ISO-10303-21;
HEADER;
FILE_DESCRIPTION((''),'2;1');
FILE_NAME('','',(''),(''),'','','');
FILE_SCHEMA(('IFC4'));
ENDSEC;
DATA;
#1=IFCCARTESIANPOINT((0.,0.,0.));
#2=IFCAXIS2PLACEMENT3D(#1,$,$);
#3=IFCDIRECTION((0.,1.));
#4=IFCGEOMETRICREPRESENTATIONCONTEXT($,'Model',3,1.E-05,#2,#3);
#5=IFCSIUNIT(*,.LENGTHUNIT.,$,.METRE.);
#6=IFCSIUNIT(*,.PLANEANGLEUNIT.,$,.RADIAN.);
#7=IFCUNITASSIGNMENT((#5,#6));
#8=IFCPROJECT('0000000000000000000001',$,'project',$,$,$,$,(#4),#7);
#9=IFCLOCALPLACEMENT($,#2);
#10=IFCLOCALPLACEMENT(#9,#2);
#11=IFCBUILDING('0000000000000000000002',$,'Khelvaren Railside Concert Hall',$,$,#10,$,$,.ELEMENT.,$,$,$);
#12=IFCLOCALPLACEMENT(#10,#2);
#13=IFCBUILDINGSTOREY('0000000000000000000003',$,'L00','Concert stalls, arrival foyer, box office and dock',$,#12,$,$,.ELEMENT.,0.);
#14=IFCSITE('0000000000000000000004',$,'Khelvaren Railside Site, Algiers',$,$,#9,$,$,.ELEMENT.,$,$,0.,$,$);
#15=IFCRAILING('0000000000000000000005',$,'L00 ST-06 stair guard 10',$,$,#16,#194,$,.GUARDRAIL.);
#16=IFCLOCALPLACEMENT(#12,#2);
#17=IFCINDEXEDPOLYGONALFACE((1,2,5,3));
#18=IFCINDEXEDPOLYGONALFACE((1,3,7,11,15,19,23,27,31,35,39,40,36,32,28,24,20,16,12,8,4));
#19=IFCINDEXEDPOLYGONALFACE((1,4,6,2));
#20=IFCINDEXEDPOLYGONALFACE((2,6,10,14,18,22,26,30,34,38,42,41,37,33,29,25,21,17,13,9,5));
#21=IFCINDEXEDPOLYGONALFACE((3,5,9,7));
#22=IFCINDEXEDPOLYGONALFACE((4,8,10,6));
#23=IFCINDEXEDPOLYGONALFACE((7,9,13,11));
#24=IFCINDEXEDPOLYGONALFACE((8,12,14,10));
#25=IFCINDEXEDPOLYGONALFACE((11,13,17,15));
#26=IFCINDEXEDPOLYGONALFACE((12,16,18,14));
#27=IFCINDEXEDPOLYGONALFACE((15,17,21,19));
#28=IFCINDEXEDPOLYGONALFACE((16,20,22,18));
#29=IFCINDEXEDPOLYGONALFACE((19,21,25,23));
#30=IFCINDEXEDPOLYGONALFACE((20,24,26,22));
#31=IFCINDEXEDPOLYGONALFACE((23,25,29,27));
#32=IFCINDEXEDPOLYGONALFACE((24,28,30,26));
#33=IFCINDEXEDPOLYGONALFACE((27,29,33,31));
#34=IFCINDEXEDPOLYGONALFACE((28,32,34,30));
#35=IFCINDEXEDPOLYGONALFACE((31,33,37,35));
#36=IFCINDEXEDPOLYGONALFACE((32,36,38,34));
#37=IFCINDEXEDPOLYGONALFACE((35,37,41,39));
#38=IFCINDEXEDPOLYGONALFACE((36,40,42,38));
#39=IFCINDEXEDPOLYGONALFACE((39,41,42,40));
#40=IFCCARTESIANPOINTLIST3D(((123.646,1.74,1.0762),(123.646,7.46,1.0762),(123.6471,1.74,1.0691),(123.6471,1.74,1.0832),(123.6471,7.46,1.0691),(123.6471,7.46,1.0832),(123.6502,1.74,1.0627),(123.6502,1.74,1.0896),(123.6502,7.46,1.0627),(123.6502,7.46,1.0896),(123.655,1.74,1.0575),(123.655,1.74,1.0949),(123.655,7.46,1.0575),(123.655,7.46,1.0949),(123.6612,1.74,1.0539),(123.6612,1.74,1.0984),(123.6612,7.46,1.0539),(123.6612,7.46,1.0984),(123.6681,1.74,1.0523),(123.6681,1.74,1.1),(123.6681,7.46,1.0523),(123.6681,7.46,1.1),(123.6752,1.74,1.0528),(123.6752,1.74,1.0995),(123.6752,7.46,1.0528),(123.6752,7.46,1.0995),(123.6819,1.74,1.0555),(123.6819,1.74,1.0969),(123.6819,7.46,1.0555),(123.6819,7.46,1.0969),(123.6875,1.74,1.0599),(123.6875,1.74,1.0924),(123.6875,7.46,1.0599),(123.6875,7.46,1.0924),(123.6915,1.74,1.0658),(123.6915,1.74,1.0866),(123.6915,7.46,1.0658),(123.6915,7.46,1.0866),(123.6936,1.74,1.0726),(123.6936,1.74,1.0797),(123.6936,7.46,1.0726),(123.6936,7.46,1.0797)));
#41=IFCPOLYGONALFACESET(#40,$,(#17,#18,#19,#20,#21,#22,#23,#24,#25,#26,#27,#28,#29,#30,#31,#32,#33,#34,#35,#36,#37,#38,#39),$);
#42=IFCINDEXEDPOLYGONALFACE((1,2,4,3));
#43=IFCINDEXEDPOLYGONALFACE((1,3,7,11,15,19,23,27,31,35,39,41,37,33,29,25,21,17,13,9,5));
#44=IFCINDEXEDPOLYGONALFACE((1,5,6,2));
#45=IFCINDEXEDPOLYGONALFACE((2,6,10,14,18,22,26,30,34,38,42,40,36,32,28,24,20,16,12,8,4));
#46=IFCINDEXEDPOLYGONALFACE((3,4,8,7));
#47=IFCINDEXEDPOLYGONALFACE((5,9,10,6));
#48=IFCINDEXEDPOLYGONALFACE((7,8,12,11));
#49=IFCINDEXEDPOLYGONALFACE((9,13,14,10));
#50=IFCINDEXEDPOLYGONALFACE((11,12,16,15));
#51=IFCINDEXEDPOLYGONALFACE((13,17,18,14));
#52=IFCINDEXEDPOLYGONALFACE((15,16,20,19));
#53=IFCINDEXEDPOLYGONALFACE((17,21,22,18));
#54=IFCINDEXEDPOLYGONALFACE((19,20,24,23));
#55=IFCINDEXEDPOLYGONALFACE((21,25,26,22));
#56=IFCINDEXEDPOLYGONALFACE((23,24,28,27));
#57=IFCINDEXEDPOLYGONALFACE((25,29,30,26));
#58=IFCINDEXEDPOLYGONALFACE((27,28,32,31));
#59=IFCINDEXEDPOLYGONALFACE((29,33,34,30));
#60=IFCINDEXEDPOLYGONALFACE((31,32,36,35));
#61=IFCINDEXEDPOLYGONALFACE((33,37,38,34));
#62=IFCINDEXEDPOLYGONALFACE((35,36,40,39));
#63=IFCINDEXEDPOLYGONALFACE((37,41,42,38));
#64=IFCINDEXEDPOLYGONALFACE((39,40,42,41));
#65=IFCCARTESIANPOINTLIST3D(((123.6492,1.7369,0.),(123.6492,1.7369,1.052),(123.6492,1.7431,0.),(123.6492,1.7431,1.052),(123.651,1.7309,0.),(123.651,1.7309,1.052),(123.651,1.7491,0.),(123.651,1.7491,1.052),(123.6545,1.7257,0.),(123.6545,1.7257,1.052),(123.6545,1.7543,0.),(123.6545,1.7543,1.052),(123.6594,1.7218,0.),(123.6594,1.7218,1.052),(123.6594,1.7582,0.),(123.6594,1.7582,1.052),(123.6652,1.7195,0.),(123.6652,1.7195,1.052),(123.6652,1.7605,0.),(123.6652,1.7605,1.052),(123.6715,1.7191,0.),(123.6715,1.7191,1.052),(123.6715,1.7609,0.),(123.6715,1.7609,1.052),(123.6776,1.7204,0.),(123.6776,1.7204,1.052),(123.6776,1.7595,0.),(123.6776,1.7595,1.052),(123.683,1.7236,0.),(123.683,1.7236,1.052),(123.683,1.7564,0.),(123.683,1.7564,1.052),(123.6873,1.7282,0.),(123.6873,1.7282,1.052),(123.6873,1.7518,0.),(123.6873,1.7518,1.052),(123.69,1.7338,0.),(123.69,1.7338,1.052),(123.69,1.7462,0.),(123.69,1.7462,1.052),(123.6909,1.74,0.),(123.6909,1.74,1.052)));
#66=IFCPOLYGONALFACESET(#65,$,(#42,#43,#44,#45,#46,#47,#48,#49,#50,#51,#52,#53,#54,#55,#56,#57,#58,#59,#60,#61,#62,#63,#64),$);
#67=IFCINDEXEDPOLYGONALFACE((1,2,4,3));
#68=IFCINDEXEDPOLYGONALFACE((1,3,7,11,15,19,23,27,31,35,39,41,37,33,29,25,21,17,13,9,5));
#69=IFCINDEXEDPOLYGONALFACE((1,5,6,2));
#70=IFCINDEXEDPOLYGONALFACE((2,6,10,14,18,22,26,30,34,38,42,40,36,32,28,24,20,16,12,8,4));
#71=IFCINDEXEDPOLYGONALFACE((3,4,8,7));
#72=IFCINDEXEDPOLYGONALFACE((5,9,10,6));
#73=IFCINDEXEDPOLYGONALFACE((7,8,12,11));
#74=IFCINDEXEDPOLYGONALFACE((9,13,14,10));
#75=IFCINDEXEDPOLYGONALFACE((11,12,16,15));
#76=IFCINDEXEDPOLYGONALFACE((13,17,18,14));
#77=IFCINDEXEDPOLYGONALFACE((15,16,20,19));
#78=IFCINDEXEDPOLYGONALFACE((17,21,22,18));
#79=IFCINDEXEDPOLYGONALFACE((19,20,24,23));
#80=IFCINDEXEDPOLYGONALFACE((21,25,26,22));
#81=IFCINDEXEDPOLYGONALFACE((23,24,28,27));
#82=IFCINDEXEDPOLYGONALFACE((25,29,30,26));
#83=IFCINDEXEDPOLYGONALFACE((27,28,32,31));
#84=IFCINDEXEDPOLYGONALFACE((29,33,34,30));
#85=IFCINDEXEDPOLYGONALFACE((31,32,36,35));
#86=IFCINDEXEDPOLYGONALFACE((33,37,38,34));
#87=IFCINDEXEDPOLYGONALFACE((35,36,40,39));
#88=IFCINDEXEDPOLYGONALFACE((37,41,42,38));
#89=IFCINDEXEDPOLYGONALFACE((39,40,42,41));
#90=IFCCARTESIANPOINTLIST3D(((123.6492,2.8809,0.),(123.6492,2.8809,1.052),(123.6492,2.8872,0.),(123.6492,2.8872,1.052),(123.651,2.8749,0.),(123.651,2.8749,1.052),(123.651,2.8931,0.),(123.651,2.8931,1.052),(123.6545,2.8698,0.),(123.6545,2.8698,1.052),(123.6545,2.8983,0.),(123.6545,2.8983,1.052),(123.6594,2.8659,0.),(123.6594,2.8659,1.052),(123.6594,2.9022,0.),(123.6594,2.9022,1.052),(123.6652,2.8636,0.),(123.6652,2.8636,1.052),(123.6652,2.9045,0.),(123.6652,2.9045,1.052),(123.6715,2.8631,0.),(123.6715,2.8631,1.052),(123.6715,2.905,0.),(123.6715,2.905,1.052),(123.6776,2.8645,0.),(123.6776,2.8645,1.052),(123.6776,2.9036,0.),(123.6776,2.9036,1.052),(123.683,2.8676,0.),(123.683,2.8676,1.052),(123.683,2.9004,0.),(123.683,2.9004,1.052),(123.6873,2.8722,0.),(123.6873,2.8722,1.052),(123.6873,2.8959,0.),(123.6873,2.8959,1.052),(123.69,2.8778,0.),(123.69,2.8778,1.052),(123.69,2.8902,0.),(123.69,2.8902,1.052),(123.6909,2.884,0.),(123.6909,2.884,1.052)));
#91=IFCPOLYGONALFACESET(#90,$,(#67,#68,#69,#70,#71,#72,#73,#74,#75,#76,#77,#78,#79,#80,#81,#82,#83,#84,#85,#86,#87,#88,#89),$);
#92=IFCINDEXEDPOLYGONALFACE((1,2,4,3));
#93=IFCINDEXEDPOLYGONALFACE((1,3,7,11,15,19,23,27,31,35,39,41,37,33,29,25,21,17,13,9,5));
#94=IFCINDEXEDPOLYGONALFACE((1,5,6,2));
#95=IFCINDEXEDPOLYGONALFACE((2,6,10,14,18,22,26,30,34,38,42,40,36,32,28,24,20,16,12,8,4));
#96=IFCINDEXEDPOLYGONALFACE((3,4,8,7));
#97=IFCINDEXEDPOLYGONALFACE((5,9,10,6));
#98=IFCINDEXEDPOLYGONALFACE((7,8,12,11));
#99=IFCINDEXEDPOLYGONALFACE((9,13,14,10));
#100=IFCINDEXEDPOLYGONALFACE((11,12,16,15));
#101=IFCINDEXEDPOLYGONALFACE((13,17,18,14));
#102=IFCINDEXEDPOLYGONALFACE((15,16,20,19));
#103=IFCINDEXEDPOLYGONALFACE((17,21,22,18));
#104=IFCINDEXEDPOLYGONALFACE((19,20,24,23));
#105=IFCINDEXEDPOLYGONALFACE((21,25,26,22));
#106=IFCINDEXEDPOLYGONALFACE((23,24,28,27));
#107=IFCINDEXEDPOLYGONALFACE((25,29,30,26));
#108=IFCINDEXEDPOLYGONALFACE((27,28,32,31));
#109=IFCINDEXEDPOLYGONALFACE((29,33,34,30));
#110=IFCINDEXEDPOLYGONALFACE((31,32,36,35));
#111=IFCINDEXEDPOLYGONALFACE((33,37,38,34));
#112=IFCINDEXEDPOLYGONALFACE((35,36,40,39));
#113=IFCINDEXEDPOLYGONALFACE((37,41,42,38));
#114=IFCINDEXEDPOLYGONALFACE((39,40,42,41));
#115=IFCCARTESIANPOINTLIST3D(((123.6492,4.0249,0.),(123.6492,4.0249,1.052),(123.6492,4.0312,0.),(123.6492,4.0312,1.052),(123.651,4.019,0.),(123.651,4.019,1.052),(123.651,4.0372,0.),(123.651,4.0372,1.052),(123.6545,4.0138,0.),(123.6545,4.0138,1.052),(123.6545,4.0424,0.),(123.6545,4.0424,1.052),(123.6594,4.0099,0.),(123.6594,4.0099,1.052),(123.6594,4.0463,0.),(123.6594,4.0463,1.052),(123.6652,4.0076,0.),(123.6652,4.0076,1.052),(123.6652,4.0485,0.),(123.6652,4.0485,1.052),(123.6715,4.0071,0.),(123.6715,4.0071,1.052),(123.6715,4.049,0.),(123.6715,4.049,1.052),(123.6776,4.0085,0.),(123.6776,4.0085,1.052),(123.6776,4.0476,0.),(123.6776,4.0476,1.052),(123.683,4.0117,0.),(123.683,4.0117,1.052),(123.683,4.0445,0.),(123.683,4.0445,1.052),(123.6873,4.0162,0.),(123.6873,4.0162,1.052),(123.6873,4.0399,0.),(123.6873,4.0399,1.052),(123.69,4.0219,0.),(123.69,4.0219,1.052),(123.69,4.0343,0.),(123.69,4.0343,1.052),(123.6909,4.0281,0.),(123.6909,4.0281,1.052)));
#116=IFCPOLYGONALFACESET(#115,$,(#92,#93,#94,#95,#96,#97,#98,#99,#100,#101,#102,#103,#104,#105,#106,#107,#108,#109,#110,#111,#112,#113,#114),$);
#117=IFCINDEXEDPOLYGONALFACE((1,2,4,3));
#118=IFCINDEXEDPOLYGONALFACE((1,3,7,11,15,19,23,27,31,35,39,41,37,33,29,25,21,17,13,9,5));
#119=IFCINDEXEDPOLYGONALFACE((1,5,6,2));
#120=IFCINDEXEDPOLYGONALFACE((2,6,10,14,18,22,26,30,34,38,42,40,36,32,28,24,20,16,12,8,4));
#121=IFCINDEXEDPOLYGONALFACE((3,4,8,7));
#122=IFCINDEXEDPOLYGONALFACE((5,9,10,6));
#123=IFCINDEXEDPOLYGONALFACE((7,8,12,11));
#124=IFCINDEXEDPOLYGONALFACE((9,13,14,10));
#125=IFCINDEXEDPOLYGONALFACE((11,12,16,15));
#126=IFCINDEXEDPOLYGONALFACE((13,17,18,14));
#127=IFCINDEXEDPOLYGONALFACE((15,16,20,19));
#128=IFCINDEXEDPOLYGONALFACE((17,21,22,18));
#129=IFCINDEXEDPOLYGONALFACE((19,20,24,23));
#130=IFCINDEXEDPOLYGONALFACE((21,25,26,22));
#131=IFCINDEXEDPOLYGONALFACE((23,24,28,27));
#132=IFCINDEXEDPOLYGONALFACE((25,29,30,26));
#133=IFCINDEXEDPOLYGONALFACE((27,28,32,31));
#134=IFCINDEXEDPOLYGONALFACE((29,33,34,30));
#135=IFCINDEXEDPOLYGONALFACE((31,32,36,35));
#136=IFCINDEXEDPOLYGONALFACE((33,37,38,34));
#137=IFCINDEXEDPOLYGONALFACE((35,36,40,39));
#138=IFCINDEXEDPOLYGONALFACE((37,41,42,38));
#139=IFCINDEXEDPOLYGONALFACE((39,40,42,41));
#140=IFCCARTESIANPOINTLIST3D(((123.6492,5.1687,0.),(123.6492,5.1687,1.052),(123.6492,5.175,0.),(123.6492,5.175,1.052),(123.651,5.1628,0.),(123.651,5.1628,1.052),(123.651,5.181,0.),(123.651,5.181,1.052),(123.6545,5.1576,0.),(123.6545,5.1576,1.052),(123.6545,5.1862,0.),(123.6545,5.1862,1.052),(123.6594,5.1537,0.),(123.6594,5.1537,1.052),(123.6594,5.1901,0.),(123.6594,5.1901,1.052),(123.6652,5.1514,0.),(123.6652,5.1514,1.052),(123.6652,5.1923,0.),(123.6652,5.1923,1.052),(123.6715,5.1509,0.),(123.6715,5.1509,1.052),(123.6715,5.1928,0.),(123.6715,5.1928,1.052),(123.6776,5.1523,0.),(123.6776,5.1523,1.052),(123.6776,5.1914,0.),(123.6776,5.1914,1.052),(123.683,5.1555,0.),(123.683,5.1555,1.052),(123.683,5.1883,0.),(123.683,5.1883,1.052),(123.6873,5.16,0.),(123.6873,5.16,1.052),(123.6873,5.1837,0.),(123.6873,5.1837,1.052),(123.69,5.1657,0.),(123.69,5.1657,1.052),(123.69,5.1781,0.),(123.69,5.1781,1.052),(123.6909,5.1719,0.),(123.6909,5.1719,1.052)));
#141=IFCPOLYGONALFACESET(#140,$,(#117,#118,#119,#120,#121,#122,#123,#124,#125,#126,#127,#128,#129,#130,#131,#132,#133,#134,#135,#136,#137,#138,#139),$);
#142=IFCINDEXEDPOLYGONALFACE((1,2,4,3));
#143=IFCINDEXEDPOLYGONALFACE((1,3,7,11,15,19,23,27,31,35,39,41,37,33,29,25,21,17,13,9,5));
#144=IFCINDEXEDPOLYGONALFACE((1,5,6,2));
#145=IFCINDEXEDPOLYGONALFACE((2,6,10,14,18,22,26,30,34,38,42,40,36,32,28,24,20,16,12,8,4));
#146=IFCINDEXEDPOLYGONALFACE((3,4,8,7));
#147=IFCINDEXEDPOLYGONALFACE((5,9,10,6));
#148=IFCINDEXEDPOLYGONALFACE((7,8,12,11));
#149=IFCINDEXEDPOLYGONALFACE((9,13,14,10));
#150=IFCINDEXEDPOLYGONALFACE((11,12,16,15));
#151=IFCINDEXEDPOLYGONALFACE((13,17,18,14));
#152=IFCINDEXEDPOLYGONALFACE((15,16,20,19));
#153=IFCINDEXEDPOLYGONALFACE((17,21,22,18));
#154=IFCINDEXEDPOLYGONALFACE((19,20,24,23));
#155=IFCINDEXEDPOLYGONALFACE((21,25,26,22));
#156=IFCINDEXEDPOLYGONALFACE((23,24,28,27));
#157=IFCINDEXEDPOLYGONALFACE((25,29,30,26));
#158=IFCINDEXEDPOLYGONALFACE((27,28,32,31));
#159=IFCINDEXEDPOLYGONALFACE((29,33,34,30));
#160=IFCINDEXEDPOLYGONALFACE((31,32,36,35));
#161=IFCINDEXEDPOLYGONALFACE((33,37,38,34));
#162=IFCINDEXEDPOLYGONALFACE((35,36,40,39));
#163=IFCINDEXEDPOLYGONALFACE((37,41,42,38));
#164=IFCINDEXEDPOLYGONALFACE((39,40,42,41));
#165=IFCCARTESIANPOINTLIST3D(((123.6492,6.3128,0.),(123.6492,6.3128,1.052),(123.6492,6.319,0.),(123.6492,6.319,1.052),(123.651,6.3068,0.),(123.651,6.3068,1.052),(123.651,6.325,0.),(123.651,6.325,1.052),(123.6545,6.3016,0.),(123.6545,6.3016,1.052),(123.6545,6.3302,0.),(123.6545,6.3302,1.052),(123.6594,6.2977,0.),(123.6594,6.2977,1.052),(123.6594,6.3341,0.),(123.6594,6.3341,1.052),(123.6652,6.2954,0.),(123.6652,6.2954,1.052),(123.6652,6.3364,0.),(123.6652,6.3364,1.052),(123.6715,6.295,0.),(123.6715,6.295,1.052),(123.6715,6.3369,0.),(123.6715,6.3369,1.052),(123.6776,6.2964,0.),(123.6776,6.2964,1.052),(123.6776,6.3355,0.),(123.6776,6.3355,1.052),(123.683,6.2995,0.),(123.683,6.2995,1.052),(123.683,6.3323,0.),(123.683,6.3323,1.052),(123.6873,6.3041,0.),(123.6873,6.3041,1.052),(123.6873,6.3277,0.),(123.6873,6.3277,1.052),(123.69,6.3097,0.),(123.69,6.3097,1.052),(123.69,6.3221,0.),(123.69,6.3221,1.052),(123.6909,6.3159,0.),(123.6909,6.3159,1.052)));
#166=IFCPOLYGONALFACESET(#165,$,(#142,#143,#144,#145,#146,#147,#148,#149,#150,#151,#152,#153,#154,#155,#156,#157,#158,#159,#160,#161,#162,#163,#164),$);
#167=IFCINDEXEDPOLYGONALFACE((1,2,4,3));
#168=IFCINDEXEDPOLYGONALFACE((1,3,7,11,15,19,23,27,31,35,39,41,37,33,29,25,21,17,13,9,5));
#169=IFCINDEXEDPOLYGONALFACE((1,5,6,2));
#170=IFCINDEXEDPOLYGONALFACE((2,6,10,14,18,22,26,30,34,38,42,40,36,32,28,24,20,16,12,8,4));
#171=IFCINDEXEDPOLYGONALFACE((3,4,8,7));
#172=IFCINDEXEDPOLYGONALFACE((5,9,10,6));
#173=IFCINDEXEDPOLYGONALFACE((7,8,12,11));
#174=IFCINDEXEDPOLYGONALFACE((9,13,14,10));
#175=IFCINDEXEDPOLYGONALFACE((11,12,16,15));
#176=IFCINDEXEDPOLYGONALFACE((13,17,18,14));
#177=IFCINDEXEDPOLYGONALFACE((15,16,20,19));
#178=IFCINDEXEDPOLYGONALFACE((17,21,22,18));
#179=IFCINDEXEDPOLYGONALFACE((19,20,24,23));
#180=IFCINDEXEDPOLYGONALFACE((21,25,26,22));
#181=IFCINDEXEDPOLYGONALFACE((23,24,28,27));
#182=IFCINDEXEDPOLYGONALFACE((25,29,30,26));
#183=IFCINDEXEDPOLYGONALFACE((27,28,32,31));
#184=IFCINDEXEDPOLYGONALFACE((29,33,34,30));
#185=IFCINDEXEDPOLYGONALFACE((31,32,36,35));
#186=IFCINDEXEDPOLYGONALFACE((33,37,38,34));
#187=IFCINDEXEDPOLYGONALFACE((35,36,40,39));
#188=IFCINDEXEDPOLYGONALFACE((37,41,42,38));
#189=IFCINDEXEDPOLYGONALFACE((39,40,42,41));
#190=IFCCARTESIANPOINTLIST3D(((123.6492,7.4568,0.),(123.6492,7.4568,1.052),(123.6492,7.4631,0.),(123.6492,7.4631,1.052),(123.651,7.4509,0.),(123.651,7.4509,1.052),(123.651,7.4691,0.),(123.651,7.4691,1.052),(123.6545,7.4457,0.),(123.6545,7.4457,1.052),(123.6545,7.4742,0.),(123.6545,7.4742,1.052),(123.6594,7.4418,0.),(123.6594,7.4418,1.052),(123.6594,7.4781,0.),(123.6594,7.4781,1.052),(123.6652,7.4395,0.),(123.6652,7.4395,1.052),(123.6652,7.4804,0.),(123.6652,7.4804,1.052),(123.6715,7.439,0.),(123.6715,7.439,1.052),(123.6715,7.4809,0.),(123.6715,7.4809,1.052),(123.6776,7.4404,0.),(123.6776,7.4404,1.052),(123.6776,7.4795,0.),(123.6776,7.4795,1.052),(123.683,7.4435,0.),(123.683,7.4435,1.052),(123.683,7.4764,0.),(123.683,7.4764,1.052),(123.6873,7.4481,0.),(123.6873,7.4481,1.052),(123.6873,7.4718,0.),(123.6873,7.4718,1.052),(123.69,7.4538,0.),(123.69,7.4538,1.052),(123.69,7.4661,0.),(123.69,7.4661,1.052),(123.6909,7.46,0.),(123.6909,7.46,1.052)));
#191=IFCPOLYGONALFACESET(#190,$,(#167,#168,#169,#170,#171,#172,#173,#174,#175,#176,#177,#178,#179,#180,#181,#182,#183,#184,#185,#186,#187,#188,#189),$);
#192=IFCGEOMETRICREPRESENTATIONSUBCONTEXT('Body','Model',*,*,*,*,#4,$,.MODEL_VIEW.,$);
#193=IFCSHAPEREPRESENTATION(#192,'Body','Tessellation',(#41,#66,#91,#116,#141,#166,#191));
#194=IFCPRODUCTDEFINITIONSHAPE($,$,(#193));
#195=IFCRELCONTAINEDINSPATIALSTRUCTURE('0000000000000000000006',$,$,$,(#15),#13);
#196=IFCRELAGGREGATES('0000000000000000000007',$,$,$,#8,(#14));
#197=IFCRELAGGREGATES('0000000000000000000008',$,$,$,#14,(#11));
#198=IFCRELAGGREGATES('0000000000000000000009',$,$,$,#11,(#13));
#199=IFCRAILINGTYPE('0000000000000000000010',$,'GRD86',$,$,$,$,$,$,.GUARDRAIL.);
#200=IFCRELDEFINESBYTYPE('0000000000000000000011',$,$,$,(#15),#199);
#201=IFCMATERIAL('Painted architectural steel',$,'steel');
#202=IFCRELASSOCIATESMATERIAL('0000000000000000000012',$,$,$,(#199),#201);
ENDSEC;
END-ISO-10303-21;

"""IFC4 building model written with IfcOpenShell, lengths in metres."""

from ifc_helpers import new_model, si_unit, direction, frame, origin, origin_2d, place, context, subcontext, project, spatial, circle, extrude, material, type_object, element, save


model = new_model("IFC4")

# Units and contexts
model_context = context("Model", 3, precision=1e-05, world=origin(), true_north=direction((0.0, 1.0)))
body_context = subcontext(model_context, "Body", "Model", "MODEL_VIEW")
ifc_project = project(units=[si_unit("LENGTHUNIT", "METRE"), si_unit("PLANEANGLEUNIT", "RADIAN")], contexts=[model_context])

# Site, building, storey
site_placement = place(None, origin())
site = spatial("IfcSite", under=ifc_project, at=site_placement, Name="Khelvaren Railside Site, Algiers", CompositionType="ELEMENT", RefElevation=0.0)
building_placement = place(site_placement, origin())
building = spatial("IfcBuilding", under=site, at=building_placement, Name="Khelvaren Railside Concert Hall", CompositionType="ELEMENT")
storey_placement = place(building_placement, origin())
storey = spatial("IfcBuildingStorey", under=building, at=storey_placement, Name="L00", Description="Concert stalls, arrival foyer, box office and dock", CompositionType="ELEMENT", Elevation=0.0)

# Railing
ifc_material_1 = material(Name="Painted architectural steel", Category="steel")
railing_type_1 = type_object("IfcRailingType", Name="GRD86", PredefinedType="GUARDRAIL", material=ifc_material_1)
for number, where, name in (
    (1, (123.6699, 1.74, 0.0), "L00 ST-06 stair guard 10"),
):
    element("IfcRailing", number, at=place(storey_placement, frame(where)), inside=storey, type_object=railing_type_1, Name=name, PredefinedType="GUARDRAIL", context=body_context, shape_type="SweptSolid", body=[
        extrude(circle(Radius=0.0239, at=origin_2d()), frame((0.0, 0.0, 1.0762), z_axis=(0.0, 1.0, 0.0), x_axis=(-1.0, 0.0, 0.0)), (0.0, 0.0, 1.0), 5.72),
        extrude(circle(Radius=0.021, at=origin_2d()), origin(), (0.0, 0.0, 1.0), 1.052),
        extrude(circle(Radius=0.021, at=origin_2d()), frame((0.0, 1.144, 0.0)), (0.0, 0.0, 1.0), 1.052),
        extrude(circle(Radius=0.021, at=origin_2d()), frame((0.0, 2.2881, 0.0)), (0.0, 0.0, 1.0), 1.052),
        extrude(circle(Radius=0.021, at=origin_2d()), frame((0.0, 3.4319, 0.0)), (0.0, 0.0, 1.0), 1.052),
        extrude(circle(Radius=0.021, at=origin_2d()), frame((0.0, 4.5759, 0.0)), (0.0, 0.0, 1.0), 1.052),
        extrude(circle(Radius=0.021, at=origin_2d()), frame((0.0, 5.72, 0.0)), (0.0, 0.0, 1.0), 1.052),
    ])

save(model, "model.ifc")
